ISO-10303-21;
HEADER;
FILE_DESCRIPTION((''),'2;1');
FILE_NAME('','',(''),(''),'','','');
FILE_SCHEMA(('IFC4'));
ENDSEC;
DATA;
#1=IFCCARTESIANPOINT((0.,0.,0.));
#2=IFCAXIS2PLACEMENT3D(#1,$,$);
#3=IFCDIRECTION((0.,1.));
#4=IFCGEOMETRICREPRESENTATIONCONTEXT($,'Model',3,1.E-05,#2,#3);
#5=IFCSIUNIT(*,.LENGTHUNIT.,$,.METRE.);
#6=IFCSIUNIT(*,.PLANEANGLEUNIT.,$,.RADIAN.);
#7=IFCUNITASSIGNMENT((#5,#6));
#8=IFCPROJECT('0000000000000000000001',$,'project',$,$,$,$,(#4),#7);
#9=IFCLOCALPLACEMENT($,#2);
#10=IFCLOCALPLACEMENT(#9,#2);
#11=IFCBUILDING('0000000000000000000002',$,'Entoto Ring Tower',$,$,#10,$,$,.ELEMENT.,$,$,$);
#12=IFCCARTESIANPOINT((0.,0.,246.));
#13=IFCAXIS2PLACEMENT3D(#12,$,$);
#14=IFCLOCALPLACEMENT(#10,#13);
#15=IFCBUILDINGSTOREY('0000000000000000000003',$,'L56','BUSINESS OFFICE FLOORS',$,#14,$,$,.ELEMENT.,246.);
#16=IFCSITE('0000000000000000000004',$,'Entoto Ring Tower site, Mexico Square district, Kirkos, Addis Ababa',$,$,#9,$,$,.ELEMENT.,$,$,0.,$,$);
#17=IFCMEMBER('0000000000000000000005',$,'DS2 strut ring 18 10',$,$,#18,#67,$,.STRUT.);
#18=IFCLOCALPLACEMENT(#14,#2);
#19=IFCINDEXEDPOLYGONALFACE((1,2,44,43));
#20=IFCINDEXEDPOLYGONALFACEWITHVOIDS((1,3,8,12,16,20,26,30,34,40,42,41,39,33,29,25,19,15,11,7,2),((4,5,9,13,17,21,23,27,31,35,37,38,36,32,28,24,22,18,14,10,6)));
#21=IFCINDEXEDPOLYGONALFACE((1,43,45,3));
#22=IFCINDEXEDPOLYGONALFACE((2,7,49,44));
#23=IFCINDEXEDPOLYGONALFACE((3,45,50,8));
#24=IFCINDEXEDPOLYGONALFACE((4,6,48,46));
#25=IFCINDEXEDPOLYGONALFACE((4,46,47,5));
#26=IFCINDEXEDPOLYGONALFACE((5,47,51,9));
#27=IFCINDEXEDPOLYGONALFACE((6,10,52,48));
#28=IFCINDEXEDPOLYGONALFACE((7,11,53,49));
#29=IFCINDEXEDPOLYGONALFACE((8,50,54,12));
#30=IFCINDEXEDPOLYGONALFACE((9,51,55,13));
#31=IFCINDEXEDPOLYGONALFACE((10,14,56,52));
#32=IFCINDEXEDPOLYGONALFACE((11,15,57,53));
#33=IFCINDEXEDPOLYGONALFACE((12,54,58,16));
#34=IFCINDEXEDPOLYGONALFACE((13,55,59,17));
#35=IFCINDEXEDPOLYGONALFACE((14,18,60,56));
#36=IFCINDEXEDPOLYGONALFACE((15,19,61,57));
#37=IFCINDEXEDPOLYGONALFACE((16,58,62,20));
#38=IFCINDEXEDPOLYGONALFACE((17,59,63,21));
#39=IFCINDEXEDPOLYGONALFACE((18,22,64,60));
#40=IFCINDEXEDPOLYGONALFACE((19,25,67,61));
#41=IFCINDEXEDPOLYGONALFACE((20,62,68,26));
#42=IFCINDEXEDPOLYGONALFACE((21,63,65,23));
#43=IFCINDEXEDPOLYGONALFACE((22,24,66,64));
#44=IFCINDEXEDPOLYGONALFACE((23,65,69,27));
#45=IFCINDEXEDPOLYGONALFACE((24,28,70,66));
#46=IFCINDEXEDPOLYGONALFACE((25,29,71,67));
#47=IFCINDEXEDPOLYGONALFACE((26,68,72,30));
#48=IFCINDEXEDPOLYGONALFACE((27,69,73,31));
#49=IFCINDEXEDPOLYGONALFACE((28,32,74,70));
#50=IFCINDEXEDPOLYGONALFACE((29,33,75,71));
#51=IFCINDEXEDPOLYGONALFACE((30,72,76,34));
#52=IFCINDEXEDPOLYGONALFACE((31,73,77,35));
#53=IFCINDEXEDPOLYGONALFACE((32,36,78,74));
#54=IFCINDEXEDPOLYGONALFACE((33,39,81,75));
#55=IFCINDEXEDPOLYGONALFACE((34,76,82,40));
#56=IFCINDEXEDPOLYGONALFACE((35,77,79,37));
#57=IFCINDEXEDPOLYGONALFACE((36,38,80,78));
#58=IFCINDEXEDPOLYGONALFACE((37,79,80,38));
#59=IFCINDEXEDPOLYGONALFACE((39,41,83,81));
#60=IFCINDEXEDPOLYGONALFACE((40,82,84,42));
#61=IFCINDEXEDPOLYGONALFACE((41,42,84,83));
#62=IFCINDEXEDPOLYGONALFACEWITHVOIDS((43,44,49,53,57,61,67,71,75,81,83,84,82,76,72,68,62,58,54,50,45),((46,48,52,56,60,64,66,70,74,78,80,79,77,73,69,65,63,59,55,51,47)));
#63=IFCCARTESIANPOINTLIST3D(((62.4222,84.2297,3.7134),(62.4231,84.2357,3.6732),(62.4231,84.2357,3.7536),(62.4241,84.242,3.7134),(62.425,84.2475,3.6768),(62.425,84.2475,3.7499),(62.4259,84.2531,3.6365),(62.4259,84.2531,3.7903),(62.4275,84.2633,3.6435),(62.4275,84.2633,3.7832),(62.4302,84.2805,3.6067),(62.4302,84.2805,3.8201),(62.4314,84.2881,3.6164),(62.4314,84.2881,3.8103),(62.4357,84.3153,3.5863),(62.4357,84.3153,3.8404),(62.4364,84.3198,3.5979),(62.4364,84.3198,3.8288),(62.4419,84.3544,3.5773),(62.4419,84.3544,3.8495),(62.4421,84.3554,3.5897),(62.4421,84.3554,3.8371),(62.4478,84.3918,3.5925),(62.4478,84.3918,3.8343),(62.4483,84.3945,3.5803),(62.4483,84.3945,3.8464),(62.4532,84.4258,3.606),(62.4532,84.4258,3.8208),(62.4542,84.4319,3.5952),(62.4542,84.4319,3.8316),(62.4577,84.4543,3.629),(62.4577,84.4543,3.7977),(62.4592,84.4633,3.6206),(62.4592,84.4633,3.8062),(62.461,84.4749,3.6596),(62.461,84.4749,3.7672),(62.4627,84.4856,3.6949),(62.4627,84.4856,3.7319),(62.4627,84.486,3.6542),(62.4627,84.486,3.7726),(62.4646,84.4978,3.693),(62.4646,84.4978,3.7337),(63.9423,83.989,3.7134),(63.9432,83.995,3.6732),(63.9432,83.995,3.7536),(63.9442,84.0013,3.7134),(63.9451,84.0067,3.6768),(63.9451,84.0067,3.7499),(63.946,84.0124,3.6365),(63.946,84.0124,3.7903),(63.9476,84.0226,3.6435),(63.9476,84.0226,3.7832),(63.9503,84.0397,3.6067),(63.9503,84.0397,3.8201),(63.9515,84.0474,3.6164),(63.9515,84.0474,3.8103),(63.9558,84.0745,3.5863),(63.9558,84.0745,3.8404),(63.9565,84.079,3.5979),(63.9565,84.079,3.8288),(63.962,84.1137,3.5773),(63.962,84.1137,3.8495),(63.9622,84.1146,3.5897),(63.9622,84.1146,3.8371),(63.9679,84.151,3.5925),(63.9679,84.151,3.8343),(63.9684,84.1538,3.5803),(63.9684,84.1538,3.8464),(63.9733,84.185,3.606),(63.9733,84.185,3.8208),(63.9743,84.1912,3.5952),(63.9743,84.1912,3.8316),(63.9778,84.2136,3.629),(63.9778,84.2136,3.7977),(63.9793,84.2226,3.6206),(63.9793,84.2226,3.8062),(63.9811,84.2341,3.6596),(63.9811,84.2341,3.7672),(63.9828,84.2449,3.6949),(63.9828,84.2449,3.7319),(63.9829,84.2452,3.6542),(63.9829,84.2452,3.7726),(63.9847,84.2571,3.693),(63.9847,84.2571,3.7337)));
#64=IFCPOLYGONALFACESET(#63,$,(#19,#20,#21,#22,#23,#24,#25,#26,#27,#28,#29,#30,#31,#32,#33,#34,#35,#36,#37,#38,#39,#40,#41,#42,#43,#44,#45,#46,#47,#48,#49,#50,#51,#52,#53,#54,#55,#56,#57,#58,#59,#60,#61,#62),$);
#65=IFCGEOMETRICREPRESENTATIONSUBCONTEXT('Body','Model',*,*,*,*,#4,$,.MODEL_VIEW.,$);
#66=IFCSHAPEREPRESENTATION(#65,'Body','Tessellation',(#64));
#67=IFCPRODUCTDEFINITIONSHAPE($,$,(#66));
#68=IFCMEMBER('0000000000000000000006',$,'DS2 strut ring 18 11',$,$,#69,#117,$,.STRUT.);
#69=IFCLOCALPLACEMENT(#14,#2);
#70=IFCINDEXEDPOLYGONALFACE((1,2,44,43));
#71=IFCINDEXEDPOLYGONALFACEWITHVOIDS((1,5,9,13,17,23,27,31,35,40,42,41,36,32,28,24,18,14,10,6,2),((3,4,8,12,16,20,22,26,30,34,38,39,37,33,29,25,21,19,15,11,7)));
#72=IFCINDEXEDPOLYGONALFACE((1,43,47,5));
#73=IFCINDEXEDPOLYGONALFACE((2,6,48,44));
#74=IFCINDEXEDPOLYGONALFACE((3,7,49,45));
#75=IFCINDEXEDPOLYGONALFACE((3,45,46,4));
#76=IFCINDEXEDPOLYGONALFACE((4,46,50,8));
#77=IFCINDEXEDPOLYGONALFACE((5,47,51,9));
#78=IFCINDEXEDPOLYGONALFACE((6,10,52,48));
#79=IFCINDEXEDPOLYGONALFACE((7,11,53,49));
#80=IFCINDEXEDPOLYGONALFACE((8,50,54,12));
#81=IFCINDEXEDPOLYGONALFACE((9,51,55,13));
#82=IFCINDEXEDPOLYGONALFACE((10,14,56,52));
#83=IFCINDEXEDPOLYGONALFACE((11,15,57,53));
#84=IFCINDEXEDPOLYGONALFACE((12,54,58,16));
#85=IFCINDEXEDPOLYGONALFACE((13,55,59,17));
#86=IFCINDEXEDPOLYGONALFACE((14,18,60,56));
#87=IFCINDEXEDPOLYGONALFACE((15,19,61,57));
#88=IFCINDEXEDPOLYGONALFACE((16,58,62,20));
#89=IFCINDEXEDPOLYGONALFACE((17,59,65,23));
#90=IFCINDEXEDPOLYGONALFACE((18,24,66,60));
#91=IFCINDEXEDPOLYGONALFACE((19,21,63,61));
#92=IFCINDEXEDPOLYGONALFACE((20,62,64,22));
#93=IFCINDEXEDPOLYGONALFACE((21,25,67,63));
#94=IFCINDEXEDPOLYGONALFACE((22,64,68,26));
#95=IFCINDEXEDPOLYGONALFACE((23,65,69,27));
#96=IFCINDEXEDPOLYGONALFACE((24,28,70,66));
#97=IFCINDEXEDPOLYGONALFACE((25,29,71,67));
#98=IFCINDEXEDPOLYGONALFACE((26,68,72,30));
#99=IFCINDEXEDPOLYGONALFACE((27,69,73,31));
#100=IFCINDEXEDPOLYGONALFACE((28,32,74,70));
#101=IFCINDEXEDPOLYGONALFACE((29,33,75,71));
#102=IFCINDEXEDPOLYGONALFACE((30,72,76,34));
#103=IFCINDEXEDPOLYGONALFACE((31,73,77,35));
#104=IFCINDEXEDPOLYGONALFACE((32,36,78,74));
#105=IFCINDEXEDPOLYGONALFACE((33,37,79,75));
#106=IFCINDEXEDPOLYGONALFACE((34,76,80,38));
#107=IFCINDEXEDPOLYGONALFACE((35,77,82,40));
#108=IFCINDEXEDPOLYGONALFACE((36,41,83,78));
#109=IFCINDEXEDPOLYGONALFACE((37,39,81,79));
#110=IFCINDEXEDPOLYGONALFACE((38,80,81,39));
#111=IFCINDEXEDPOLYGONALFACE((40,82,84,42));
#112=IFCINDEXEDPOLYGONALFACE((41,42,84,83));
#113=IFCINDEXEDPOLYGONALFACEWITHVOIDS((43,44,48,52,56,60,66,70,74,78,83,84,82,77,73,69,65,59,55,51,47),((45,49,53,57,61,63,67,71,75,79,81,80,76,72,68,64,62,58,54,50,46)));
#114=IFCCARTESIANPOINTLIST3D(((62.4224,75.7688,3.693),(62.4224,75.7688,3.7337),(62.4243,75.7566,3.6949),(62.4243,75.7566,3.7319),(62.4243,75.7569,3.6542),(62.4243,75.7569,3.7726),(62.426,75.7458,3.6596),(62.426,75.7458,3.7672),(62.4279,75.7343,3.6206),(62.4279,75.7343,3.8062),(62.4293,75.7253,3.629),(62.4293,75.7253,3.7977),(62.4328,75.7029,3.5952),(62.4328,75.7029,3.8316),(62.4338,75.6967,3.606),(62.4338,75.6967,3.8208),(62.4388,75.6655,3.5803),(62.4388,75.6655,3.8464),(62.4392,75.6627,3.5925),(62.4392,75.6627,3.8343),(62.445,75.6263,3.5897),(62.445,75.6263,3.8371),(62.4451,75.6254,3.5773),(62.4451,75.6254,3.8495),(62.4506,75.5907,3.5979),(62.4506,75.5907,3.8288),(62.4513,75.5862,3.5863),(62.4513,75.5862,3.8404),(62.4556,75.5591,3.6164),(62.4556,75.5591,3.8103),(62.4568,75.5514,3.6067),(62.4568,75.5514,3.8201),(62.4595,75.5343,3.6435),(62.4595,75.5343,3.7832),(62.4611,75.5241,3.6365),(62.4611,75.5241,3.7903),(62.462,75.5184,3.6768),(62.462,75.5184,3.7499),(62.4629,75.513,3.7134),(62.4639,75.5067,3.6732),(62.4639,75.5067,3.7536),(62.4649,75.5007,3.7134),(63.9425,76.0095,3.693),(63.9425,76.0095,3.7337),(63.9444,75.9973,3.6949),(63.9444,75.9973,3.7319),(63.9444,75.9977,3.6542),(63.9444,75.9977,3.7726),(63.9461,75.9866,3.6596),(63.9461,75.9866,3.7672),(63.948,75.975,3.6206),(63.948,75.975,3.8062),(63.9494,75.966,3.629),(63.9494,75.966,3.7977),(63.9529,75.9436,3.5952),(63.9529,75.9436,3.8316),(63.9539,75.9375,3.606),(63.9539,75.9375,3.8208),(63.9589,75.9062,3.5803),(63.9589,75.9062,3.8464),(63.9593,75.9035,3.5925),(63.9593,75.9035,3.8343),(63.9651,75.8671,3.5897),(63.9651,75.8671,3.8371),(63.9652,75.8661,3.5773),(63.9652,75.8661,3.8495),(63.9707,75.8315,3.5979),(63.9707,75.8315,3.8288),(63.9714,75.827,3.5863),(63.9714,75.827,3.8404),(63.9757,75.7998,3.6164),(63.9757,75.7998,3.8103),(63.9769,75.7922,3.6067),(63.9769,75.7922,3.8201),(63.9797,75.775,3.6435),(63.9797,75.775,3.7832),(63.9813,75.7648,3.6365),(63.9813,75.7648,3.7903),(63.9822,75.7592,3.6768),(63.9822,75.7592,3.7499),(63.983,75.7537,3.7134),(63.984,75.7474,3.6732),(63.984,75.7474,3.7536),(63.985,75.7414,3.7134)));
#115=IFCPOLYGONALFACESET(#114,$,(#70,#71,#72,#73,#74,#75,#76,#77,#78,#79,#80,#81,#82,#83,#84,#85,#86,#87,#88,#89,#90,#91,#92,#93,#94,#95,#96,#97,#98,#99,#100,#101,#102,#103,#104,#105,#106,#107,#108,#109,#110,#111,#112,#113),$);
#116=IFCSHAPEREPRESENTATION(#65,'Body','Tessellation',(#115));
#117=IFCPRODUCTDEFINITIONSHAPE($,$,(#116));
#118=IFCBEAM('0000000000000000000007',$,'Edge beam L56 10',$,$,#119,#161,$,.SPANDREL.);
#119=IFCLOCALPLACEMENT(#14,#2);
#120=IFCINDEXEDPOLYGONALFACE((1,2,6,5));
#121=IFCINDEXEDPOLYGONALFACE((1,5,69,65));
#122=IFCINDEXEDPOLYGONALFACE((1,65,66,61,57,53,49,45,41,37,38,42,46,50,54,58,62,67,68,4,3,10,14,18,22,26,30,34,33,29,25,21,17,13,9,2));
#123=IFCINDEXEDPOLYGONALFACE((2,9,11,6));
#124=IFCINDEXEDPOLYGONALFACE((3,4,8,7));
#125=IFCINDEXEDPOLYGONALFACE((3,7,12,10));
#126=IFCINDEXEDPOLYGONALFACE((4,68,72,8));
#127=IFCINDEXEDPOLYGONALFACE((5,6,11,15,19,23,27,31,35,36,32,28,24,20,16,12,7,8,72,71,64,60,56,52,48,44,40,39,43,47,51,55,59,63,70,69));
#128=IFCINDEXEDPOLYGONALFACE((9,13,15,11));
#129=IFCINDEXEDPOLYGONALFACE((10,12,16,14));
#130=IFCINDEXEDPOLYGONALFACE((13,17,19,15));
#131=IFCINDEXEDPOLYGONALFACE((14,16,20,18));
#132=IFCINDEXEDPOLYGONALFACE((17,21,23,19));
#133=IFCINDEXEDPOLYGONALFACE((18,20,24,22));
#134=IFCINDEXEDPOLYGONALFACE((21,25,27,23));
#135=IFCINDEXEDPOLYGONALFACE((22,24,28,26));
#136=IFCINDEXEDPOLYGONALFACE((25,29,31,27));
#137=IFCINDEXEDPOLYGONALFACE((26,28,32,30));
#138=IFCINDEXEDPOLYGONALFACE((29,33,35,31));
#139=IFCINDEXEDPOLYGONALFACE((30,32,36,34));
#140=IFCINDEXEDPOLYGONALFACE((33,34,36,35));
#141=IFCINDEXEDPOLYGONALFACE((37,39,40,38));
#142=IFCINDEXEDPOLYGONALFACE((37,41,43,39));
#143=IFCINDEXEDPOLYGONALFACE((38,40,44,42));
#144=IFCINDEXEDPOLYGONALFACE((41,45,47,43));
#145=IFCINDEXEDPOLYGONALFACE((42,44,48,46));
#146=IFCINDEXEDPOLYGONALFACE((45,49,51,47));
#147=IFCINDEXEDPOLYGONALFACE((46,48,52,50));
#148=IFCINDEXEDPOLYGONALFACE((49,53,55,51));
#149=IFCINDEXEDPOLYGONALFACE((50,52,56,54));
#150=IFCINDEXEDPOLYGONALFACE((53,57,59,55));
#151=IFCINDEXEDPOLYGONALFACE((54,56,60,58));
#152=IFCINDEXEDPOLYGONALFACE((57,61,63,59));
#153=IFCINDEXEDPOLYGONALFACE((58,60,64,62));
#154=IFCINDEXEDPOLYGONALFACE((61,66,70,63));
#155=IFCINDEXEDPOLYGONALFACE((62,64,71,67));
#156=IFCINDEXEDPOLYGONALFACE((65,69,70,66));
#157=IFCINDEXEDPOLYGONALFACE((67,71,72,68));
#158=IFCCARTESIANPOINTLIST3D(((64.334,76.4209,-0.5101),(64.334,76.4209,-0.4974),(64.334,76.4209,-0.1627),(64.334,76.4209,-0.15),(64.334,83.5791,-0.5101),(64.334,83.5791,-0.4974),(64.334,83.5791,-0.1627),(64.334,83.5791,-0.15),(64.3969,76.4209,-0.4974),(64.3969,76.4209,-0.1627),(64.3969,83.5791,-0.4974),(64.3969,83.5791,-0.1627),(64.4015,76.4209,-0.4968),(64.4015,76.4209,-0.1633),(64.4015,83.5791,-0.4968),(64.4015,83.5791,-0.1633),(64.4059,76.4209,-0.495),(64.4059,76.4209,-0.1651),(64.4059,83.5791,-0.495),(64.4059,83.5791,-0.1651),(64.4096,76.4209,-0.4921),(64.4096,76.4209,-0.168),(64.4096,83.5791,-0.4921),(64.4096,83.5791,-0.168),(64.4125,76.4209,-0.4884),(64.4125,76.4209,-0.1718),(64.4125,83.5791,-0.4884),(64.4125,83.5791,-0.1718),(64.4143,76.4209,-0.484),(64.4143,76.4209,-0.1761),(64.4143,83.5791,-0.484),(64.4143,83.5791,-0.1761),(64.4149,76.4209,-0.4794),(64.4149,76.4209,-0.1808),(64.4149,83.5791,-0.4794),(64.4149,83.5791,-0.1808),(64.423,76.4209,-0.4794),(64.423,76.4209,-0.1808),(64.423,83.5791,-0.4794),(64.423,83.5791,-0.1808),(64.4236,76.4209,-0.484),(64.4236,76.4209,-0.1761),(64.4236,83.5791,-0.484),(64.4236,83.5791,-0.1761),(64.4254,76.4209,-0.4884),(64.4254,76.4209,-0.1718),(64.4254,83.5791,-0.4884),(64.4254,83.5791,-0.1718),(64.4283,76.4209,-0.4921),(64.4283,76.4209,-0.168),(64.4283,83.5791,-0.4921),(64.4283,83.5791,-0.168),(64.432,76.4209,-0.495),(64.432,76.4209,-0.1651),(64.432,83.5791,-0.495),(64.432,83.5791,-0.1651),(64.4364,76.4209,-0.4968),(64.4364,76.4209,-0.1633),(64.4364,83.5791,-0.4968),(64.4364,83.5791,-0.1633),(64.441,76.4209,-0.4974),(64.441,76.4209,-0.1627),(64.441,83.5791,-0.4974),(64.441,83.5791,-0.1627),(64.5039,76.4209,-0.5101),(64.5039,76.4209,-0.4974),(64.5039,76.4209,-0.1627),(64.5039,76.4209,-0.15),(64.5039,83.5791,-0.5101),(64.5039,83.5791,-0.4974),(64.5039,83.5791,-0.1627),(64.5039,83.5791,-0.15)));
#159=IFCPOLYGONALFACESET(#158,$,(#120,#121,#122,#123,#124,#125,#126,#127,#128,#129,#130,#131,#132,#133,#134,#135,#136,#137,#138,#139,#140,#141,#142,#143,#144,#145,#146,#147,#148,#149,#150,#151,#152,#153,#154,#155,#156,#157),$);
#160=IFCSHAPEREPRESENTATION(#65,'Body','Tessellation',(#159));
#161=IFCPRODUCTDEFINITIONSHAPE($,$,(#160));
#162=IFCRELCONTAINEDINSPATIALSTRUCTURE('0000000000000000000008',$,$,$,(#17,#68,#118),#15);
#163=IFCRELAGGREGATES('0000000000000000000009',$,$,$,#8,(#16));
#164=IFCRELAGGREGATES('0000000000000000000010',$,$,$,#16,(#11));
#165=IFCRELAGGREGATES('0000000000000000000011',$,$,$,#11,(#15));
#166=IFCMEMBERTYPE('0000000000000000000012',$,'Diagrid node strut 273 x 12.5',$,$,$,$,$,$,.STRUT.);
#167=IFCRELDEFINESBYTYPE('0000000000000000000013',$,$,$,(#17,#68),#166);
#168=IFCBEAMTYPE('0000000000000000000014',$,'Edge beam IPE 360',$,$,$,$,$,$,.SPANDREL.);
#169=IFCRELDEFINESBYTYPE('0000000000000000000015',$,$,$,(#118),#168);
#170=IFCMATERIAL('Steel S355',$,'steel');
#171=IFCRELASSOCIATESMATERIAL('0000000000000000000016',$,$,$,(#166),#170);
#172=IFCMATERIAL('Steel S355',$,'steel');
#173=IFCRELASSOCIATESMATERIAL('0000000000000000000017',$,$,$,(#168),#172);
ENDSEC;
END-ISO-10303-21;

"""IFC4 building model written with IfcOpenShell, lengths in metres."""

from ifc_helpers import new_model, si_unit, direction, frame, origin, origin_2d, place, context, subcontext, project, spatial, circle, hollow_circle, i_section, extrude, material, material_profile, profile_set, type_object, element, save


model = new_model("IFC4")

# Units and contexts
model_context = context("Model", 3, precision=1e-05, world=origin(), true_north=direction((0.0, 1.0)))
body_context = subcontext(model_context, "Body", "Model", "MODEL_VIEW")
ifc_project = project(units=[si_unit("LENGTHUNIT", "METRE"), si_unit("PLANEANGLEUNIT", "RADIAN")], contexts=[model_context])

# Site, building, storey
site_placement = place(None, origin())
site = spatial("IfcSite", under=ifc_project, at=site_placement, Name="Entoto Ring Tower site, Mexico Square district, Kirkos, Addis Ababa", CompositionType="ELEMENT", RefElevation=0.0)
building_placement = place(site_placement, origin())
building = spatial("IfcBuilding", under=site, at=building_placement, Name="Entoto Ring Tower", CompositionType="ELEMENT")
storey_placement = place(building_placement, frame((0.0, 0.0, 246.0)))
storey = spatial("IfcBuildingStorey", under=building, at=storey_placement, Name="L56", Description="BUSINESS OFFICE FLOORS", CompositionType="ELEMENT", Elevation=246.0)

# Members
ifc_material_1 = material(Name="Steel S355", Category="steel")
ifc_material_profile_1 = material_profile(ifc_material_1, hollow_circle(Radius=0.1365, WallThickness=0.0125, at=origin_2d()), Name="CHS 273 x 12.5")
ifc_material_2 = material(Name="Concrete C60/75", Category="concrete")
ifc_material_profile_2 = material_profile(ifc_material_2, circle(Radius=0.124, at=origin_2d()), Name="Concrete C60/75 infill")
ifc_profile_set_1 = profile_set([ifc_material_profile_1, ifc_material_profile_2], Name="Steel S355")
member_type = type_object("IfcMemberType", Name="Diagrid node strut 273 x 12.5", PredefinedType="STRUT", material=ifc_profile_set_1)
for number, where, z_axis, x_axis, name in (
    (1, (63.9636, 84.1238, 3.7134), (-0.987691, 0.156419, 0.0), (-0.156419, -0.987691, 0.0), "DS2 strut ring 18 10"),
    (2, (63.9636, 75.8762, 3.7134), (-0.987691, -0.156419, 0.0), (0.156419, -0.987691, 0.0), "DS2 strut ring 18 11"),
):
    element("IfcMember", number, at=place(storey_placement, frame(where, z_axis=z_axis, x_axis=x_axis)), inside=storey, type_object=member_type, Name=name, PredefinedType="STRUT", context=body_context, shape_type="SweptSolid", body=[
        extrude(hollow_circle(Radius=0.1365, WallThickness=0.0125, at=origin_2d()), origin(), (0.0, 0.0, 1.0), 1.5391),
    ])

# Beam
ifc_material_3 = material(Name="Steel S355", Category="steel")
ifc_material_profile_3 = material_profile(ifc_material_3, i_section(OverallWidth=0.1699, OverallDepth=0.3601, WebThickness=0.0081, FlangeThickness=0.0127, FilletRadius=0.0181, at=origin_2d()), Name="IPE 360")
ifc_profile_set_2 = profile_set([ifc_material_profile_3], Name="Steel S355")
beam_type_1 = type_object("IfcBeamType", Name="Edge beam IPE 360", PredefinedType="SPANDREL", material=ifc_profile_set_2)
beam_1_placement = place(storey_placement, frame((64.4189, 83.5791, -0.3301), z_axis=(0.0, -1.0, 0.0), x_axis=(1.0, 0.0, 0.0)))
element("IfcBeam", 3, at=beam_1_placement, inside=storey, type_object=beam_type_1, Name="Edge beam L56 10", PredefinedType="SPANDREL", context=body_context, shape_type="SweptSolid", body=[
    extrude(i_section(OverallWidth=0.1699, OverallDepth=0.3601, WebThickness=0.0081, FlangeThickness=0.0127, FilletRadius=0.0181, at=origin_2d()), origin(), (0.0, 0.0, 1.0), 7.1582),
])

save(model, "model.ifc")
